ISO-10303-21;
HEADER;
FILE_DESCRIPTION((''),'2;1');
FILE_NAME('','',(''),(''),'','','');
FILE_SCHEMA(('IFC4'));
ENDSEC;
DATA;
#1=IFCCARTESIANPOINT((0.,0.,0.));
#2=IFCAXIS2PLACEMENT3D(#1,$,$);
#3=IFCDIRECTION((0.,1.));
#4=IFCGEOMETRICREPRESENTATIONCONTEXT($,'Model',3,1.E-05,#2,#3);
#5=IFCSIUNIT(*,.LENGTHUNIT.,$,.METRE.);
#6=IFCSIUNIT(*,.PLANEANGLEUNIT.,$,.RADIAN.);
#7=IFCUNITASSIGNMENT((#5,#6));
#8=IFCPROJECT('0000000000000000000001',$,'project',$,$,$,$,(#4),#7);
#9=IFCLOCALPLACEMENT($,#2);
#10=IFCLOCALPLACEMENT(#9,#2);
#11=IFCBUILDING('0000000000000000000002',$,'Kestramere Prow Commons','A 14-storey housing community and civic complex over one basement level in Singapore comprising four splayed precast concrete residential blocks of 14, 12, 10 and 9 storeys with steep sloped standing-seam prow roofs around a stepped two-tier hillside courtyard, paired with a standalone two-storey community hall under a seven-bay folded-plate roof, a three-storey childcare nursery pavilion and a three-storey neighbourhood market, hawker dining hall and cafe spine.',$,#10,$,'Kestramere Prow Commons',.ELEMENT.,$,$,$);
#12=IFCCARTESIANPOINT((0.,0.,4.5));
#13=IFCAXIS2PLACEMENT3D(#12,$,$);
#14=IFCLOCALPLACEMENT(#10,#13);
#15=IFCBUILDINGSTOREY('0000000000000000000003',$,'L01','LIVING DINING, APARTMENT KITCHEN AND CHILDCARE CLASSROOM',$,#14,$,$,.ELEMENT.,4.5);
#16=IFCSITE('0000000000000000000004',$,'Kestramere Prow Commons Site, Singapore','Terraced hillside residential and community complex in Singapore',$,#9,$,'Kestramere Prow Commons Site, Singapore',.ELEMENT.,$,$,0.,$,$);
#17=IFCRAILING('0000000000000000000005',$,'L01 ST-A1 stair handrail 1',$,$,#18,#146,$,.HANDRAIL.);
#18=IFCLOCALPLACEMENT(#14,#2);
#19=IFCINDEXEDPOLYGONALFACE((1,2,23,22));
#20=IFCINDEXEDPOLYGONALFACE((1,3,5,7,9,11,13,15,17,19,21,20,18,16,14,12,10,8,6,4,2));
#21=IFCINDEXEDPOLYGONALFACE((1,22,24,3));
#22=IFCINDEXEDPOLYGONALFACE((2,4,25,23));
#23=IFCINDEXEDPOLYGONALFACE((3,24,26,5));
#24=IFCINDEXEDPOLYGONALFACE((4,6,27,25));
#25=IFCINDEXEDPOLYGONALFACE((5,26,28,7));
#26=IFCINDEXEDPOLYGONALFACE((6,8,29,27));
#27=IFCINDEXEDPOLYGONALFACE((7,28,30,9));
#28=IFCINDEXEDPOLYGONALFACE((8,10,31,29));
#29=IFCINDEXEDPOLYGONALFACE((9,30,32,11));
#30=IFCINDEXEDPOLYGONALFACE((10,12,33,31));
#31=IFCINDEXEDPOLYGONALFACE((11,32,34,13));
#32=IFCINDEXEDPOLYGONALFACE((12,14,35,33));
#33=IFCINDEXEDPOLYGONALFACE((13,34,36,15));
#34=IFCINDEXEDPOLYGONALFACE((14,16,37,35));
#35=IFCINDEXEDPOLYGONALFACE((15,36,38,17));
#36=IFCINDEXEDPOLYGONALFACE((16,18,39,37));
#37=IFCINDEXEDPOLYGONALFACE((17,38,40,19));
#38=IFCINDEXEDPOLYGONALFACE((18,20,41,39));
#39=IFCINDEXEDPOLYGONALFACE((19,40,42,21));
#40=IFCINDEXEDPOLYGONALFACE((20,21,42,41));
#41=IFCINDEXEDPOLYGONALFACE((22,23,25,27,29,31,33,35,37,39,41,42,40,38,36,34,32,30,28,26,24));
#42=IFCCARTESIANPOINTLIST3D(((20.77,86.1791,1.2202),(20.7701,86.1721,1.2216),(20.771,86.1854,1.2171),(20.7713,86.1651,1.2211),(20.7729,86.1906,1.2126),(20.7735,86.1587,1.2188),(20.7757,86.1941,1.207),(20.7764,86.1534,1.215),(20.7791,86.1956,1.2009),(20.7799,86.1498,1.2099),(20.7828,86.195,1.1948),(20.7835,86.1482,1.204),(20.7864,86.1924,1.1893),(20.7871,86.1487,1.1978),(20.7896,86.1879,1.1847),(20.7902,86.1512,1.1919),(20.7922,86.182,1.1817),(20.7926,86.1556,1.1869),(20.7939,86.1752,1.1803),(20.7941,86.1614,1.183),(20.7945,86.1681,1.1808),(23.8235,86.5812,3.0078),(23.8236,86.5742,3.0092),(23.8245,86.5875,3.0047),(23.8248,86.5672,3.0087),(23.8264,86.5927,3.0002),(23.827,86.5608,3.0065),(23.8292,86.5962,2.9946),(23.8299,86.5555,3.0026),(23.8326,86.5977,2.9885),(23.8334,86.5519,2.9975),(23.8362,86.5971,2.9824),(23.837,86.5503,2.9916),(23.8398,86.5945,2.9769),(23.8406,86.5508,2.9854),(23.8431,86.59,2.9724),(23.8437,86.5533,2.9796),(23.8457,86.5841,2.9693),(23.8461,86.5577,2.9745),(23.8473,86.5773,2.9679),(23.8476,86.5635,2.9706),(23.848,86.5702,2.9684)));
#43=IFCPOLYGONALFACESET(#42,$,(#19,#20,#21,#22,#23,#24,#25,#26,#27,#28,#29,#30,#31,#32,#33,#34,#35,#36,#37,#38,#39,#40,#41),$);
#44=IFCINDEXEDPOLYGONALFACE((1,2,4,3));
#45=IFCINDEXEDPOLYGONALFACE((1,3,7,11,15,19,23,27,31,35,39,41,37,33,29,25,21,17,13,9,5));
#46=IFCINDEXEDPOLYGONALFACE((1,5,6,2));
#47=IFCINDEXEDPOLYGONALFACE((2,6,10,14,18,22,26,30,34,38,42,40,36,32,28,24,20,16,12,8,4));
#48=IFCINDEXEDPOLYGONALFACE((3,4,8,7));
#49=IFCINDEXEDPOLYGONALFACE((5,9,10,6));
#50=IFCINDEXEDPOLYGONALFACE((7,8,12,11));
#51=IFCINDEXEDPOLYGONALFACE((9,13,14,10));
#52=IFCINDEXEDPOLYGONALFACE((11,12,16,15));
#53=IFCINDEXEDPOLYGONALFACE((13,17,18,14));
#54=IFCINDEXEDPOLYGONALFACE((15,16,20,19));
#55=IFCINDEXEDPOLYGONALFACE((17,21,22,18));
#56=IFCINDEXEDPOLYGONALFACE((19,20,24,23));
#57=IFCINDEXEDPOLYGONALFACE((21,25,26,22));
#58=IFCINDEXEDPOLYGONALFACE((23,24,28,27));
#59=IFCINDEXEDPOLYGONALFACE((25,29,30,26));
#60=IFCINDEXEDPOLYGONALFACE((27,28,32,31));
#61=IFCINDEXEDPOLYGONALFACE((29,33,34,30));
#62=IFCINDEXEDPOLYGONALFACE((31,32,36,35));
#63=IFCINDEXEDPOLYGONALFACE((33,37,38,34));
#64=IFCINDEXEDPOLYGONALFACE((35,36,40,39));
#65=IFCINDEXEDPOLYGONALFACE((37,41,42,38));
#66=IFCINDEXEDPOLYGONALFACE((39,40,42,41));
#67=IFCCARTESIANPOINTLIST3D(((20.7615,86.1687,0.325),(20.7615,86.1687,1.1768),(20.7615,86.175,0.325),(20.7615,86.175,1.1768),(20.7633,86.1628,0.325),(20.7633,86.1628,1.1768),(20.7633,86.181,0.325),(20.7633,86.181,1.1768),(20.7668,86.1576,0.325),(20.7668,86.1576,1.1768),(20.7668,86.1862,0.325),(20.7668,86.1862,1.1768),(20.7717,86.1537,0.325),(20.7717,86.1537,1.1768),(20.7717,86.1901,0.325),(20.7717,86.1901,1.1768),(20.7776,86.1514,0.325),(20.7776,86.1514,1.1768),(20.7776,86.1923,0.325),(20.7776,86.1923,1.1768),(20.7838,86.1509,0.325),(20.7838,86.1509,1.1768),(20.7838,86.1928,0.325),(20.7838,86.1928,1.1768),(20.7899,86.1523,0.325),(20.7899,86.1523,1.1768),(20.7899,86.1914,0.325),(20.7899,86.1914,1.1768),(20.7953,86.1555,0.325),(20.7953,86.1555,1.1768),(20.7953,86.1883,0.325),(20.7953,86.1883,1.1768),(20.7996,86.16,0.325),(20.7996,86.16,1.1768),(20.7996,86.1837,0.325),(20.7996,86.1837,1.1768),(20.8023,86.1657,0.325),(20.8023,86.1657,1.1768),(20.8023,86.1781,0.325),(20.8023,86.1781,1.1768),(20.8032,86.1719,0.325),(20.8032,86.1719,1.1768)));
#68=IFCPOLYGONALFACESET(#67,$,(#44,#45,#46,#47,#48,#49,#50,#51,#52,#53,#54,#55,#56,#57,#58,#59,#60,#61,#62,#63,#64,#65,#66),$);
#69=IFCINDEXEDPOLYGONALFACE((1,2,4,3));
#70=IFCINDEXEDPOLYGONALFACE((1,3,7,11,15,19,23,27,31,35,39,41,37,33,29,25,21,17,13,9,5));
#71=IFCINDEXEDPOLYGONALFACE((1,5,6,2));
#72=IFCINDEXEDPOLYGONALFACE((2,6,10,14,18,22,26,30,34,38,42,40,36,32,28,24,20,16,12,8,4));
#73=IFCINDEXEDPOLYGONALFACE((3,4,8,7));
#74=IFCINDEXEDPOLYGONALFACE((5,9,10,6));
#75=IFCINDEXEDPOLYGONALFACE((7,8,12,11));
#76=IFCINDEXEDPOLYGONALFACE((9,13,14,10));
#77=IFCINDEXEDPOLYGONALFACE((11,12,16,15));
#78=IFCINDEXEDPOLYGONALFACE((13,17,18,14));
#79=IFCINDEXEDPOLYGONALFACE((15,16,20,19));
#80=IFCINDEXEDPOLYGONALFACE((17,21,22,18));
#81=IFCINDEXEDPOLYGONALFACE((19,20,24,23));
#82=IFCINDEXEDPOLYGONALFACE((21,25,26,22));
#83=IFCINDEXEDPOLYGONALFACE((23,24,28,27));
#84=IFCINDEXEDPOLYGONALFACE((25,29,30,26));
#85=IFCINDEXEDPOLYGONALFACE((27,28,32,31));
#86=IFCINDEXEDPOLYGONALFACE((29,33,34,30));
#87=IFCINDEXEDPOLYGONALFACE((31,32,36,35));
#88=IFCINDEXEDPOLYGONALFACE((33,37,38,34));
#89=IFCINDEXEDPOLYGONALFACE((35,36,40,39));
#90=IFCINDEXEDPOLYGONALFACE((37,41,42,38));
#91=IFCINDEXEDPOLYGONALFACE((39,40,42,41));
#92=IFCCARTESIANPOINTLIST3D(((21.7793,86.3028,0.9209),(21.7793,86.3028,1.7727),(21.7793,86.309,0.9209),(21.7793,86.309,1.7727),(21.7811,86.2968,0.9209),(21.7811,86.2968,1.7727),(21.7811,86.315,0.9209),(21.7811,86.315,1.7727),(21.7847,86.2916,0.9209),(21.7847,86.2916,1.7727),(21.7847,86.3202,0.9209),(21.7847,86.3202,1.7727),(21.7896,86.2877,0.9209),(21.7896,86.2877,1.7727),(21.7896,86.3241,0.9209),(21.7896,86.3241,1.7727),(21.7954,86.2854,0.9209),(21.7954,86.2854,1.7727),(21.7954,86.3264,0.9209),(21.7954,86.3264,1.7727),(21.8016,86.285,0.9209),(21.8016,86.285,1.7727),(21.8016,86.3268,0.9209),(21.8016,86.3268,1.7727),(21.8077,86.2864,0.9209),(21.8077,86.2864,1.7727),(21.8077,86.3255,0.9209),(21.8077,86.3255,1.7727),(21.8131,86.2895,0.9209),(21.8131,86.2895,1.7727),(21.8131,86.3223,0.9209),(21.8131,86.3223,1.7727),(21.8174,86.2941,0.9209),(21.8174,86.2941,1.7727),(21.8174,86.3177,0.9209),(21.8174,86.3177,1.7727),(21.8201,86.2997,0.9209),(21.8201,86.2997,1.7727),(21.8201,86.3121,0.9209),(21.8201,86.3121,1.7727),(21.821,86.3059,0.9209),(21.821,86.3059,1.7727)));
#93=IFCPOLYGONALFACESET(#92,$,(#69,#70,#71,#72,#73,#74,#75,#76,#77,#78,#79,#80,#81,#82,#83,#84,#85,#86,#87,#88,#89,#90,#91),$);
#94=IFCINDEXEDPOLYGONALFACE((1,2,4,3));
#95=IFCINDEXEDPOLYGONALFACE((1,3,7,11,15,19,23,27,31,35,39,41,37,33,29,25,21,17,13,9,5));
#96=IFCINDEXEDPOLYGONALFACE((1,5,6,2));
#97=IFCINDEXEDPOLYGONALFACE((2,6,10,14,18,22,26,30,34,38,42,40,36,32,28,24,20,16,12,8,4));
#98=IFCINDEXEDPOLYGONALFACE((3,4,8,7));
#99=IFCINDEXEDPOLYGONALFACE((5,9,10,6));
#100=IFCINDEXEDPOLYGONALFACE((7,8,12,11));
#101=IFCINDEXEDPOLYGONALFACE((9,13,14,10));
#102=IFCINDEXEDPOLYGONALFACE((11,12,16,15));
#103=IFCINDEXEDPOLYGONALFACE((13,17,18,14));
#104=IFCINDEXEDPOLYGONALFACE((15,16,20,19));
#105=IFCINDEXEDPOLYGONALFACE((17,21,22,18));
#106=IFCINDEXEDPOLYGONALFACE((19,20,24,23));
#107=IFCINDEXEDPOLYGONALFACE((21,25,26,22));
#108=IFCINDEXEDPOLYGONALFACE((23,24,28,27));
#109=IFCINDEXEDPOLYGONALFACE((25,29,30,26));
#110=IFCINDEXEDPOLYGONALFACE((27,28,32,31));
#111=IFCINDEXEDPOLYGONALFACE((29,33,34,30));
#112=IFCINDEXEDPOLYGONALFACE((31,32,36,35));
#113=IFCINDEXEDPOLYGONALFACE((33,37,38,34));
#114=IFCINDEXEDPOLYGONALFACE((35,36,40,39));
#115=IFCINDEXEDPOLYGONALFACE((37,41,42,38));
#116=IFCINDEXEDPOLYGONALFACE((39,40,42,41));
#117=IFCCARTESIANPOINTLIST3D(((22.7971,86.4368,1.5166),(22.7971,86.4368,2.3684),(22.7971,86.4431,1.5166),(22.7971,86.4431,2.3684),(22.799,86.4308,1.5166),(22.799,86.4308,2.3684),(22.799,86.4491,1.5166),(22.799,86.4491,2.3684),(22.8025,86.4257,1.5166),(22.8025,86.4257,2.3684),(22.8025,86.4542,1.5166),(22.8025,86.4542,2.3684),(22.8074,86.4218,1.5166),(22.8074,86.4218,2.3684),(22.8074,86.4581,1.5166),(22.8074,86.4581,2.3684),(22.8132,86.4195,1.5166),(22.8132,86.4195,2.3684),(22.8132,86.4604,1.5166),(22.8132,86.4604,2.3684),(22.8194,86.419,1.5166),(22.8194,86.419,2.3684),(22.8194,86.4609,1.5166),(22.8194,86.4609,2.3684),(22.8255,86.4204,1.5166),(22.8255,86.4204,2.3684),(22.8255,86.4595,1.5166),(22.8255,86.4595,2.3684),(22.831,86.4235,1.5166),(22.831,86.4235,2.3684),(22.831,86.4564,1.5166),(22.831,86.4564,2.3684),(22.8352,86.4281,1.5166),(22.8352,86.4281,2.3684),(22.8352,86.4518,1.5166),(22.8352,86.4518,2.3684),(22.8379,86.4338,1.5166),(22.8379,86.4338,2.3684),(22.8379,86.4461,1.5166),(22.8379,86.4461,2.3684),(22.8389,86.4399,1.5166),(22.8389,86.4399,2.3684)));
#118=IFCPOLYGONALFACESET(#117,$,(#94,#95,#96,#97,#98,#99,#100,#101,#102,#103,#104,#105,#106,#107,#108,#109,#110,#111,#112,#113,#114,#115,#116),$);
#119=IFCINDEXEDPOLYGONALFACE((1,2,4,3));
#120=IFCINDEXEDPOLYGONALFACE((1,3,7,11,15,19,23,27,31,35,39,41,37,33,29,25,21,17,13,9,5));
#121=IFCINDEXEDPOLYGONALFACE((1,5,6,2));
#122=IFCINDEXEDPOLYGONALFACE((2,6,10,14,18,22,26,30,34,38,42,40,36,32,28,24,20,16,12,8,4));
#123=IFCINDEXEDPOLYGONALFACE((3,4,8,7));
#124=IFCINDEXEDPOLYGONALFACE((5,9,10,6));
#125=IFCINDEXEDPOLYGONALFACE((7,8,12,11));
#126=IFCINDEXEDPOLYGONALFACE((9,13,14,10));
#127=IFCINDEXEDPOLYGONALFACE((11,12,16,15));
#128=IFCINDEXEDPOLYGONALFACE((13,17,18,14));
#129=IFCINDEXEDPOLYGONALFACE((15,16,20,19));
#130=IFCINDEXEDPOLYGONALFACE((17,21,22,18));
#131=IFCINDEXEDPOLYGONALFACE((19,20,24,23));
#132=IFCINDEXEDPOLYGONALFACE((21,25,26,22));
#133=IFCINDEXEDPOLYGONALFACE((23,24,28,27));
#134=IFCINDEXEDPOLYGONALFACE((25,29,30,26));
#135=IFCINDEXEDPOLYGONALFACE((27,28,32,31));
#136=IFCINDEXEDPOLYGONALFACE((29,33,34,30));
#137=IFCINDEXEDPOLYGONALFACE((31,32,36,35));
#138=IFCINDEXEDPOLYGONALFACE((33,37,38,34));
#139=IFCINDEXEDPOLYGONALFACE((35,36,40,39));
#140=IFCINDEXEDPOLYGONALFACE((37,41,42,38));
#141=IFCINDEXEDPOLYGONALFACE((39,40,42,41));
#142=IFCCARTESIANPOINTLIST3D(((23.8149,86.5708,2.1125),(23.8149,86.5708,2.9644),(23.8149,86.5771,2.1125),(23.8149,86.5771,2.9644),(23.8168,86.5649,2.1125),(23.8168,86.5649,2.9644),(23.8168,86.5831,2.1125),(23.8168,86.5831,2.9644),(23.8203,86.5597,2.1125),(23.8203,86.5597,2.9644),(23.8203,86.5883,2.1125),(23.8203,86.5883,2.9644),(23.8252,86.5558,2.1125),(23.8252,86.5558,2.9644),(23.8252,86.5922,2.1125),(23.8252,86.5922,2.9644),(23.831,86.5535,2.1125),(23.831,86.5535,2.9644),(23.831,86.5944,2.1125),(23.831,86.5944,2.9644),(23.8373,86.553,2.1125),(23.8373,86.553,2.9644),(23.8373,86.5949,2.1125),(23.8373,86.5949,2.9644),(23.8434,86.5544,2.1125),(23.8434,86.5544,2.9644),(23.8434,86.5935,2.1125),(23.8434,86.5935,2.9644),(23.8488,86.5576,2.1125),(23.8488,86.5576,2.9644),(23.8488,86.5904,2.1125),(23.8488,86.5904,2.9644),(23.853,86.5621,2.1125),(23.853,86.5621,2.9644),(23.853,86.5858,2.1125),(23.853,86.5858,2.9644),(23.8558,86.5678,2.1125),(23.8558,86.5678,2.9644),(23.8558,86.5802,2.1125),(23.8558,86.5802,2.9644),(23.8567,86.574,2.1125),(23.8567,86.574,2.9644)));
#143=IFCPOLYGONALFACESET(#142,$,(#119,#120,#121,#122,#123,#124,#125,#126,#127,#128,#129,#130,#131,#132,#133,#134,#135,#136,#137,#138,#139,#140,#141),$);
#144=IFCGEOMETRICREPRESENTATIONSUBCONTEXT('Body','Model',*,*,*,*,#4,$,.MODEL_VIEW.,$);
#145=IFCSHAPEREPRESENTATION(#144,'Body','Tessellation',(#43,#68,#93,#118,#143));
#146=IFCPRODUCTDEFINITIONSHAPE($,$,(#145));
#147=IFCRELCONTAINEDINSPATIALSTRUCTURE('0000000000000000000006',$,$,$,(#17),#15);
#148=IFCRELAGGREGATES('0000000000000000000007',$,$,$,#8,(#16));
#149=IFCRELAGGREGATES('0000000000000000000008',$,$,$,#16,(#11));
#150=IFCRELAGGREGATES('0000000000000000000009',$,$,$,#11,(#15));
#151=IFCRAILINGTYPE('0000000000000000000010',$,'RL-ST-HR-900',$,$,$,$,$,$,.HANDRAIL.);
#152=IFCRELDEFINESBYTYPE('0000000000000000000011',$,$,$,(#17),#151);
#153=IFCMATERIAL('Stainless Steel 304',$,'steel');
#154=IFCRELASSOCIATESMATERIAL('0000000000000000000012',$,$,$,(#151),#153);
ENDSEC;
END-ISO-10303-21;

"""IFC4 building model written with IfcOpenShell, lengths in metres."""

from ifc_helpers import new_model, si_unit, direction, frame, origin, origin_2d, place, context, subcontext, project, spatial, circle, extrude, material, type_object, element, save


model = new_model("IFC4")

# Units and contexts
model_context = context("Model", 3, precision=1e-05, world=origin(), true_north=direction((0.0, 1.0)))
body_context = subcontext(model_context, "Body", "Model", "MODEL_VIEW")
ifc_project = project(units=[si_unit("LENGTHUNIT", "METRE"), si_unit("PLANEANGLEUNIT", "RADIAN")], contexts=[model_context])

# Site, building, storey
site_placement = place(None, origin())
site = spatial("IfcSite", under=ifc_project, at=site_placement, Name="Kestramere Prow Commons Site, Singapore", Description="Terraced hillside residential and community complex in Singapore", LongName="Kestramere Prow Commons Site, Singapore", CompositionType="ELEMENT", RefElevation=0.0)
building_placement = place(site_placement, origin())
building = spatial("IfcBuilding", under=site, at=building_placement, Name="Kestramere Prow Commons", Description="A 14-storey housing community and civic complex over one basement level in Singapore comprising four splayed precast concrete residential blocks of 14, 12, 10 and 9 storeys with steep sloped standing-seam prow roofs around a stepped two-tier hillside courtyard, paired with a standalone two-storey community hall under a seven-bay folded-plate roof, a three-storey childcare nursery pavilion and a three-storey neighbourhood market, hawker dining hall and cafe spine.", LongName="Kestramere Prow Commons", CompositionType="ELEMENT")
storey_placement = place(building_placement, frame((0.0, 0.0, 4.5)))
storey = spatial("IfcBuildingStorey", under=building, at=storey_placement, Name="L01", Description="LIVING DINING, APARTMENT KITCHEN AND CHILDCARE CLASSROOM", CompositionType="ELEMENT", Elevation=4.5)

# Railing
ifc_material_1 = material(Name="Stainless Steel 304", Category="steel")
railing_type_1 = type_object("IfcRailingType", Name="RL-ST-HR-900", PredefinedType="HANDRAIL", material=ifc_material_1)
railing_1_placement = place(storey_placement, frame((20.7822, 86.1719, 0.325)))
element("IfcRailing", 1, at=railing_1_placement, inside=storey, type_object=railing_type_1, Name="L01 ST-A1 stair handrail 1", PredefinedType="HANDRAIL", context=body_context, shape_type="SweptSolid", body=[
    extrude(circle(Radius=0.0239, at=origin_2d()), frame((0.0, 0.0, 0.876), z_axis=(0.85747, 0.112917, 0.501991), x_axis=(-0.130559, 0.991441, 0.0)), (0.0, 0.0, 1.0), 3.561),
    extrude(circle(Radius=0.021, at=origin_2d()), origin(), (0.0, 0.0, 1.0), 0.8518),
    extrude(circle(Radius=0.021, at=origin_2d()), frame((1.0178, 0.134, 0.5959)), (0.0, 0.0, 1.0), 0.8518),
    extrude(circle(Radius=0.021, at=origin_2d()), frame((2.0356, 0.2681, 1.1917)), (0.0, 0.0, 1.0), 0.8518),
    extrude(circle(Radius=0.021, at=origin_2d()), frame((3.0535, 0.4021, 1.7876)), (0.0, 0.0, 1.0), 0.8518),
])

save(model, "model.ifc")
